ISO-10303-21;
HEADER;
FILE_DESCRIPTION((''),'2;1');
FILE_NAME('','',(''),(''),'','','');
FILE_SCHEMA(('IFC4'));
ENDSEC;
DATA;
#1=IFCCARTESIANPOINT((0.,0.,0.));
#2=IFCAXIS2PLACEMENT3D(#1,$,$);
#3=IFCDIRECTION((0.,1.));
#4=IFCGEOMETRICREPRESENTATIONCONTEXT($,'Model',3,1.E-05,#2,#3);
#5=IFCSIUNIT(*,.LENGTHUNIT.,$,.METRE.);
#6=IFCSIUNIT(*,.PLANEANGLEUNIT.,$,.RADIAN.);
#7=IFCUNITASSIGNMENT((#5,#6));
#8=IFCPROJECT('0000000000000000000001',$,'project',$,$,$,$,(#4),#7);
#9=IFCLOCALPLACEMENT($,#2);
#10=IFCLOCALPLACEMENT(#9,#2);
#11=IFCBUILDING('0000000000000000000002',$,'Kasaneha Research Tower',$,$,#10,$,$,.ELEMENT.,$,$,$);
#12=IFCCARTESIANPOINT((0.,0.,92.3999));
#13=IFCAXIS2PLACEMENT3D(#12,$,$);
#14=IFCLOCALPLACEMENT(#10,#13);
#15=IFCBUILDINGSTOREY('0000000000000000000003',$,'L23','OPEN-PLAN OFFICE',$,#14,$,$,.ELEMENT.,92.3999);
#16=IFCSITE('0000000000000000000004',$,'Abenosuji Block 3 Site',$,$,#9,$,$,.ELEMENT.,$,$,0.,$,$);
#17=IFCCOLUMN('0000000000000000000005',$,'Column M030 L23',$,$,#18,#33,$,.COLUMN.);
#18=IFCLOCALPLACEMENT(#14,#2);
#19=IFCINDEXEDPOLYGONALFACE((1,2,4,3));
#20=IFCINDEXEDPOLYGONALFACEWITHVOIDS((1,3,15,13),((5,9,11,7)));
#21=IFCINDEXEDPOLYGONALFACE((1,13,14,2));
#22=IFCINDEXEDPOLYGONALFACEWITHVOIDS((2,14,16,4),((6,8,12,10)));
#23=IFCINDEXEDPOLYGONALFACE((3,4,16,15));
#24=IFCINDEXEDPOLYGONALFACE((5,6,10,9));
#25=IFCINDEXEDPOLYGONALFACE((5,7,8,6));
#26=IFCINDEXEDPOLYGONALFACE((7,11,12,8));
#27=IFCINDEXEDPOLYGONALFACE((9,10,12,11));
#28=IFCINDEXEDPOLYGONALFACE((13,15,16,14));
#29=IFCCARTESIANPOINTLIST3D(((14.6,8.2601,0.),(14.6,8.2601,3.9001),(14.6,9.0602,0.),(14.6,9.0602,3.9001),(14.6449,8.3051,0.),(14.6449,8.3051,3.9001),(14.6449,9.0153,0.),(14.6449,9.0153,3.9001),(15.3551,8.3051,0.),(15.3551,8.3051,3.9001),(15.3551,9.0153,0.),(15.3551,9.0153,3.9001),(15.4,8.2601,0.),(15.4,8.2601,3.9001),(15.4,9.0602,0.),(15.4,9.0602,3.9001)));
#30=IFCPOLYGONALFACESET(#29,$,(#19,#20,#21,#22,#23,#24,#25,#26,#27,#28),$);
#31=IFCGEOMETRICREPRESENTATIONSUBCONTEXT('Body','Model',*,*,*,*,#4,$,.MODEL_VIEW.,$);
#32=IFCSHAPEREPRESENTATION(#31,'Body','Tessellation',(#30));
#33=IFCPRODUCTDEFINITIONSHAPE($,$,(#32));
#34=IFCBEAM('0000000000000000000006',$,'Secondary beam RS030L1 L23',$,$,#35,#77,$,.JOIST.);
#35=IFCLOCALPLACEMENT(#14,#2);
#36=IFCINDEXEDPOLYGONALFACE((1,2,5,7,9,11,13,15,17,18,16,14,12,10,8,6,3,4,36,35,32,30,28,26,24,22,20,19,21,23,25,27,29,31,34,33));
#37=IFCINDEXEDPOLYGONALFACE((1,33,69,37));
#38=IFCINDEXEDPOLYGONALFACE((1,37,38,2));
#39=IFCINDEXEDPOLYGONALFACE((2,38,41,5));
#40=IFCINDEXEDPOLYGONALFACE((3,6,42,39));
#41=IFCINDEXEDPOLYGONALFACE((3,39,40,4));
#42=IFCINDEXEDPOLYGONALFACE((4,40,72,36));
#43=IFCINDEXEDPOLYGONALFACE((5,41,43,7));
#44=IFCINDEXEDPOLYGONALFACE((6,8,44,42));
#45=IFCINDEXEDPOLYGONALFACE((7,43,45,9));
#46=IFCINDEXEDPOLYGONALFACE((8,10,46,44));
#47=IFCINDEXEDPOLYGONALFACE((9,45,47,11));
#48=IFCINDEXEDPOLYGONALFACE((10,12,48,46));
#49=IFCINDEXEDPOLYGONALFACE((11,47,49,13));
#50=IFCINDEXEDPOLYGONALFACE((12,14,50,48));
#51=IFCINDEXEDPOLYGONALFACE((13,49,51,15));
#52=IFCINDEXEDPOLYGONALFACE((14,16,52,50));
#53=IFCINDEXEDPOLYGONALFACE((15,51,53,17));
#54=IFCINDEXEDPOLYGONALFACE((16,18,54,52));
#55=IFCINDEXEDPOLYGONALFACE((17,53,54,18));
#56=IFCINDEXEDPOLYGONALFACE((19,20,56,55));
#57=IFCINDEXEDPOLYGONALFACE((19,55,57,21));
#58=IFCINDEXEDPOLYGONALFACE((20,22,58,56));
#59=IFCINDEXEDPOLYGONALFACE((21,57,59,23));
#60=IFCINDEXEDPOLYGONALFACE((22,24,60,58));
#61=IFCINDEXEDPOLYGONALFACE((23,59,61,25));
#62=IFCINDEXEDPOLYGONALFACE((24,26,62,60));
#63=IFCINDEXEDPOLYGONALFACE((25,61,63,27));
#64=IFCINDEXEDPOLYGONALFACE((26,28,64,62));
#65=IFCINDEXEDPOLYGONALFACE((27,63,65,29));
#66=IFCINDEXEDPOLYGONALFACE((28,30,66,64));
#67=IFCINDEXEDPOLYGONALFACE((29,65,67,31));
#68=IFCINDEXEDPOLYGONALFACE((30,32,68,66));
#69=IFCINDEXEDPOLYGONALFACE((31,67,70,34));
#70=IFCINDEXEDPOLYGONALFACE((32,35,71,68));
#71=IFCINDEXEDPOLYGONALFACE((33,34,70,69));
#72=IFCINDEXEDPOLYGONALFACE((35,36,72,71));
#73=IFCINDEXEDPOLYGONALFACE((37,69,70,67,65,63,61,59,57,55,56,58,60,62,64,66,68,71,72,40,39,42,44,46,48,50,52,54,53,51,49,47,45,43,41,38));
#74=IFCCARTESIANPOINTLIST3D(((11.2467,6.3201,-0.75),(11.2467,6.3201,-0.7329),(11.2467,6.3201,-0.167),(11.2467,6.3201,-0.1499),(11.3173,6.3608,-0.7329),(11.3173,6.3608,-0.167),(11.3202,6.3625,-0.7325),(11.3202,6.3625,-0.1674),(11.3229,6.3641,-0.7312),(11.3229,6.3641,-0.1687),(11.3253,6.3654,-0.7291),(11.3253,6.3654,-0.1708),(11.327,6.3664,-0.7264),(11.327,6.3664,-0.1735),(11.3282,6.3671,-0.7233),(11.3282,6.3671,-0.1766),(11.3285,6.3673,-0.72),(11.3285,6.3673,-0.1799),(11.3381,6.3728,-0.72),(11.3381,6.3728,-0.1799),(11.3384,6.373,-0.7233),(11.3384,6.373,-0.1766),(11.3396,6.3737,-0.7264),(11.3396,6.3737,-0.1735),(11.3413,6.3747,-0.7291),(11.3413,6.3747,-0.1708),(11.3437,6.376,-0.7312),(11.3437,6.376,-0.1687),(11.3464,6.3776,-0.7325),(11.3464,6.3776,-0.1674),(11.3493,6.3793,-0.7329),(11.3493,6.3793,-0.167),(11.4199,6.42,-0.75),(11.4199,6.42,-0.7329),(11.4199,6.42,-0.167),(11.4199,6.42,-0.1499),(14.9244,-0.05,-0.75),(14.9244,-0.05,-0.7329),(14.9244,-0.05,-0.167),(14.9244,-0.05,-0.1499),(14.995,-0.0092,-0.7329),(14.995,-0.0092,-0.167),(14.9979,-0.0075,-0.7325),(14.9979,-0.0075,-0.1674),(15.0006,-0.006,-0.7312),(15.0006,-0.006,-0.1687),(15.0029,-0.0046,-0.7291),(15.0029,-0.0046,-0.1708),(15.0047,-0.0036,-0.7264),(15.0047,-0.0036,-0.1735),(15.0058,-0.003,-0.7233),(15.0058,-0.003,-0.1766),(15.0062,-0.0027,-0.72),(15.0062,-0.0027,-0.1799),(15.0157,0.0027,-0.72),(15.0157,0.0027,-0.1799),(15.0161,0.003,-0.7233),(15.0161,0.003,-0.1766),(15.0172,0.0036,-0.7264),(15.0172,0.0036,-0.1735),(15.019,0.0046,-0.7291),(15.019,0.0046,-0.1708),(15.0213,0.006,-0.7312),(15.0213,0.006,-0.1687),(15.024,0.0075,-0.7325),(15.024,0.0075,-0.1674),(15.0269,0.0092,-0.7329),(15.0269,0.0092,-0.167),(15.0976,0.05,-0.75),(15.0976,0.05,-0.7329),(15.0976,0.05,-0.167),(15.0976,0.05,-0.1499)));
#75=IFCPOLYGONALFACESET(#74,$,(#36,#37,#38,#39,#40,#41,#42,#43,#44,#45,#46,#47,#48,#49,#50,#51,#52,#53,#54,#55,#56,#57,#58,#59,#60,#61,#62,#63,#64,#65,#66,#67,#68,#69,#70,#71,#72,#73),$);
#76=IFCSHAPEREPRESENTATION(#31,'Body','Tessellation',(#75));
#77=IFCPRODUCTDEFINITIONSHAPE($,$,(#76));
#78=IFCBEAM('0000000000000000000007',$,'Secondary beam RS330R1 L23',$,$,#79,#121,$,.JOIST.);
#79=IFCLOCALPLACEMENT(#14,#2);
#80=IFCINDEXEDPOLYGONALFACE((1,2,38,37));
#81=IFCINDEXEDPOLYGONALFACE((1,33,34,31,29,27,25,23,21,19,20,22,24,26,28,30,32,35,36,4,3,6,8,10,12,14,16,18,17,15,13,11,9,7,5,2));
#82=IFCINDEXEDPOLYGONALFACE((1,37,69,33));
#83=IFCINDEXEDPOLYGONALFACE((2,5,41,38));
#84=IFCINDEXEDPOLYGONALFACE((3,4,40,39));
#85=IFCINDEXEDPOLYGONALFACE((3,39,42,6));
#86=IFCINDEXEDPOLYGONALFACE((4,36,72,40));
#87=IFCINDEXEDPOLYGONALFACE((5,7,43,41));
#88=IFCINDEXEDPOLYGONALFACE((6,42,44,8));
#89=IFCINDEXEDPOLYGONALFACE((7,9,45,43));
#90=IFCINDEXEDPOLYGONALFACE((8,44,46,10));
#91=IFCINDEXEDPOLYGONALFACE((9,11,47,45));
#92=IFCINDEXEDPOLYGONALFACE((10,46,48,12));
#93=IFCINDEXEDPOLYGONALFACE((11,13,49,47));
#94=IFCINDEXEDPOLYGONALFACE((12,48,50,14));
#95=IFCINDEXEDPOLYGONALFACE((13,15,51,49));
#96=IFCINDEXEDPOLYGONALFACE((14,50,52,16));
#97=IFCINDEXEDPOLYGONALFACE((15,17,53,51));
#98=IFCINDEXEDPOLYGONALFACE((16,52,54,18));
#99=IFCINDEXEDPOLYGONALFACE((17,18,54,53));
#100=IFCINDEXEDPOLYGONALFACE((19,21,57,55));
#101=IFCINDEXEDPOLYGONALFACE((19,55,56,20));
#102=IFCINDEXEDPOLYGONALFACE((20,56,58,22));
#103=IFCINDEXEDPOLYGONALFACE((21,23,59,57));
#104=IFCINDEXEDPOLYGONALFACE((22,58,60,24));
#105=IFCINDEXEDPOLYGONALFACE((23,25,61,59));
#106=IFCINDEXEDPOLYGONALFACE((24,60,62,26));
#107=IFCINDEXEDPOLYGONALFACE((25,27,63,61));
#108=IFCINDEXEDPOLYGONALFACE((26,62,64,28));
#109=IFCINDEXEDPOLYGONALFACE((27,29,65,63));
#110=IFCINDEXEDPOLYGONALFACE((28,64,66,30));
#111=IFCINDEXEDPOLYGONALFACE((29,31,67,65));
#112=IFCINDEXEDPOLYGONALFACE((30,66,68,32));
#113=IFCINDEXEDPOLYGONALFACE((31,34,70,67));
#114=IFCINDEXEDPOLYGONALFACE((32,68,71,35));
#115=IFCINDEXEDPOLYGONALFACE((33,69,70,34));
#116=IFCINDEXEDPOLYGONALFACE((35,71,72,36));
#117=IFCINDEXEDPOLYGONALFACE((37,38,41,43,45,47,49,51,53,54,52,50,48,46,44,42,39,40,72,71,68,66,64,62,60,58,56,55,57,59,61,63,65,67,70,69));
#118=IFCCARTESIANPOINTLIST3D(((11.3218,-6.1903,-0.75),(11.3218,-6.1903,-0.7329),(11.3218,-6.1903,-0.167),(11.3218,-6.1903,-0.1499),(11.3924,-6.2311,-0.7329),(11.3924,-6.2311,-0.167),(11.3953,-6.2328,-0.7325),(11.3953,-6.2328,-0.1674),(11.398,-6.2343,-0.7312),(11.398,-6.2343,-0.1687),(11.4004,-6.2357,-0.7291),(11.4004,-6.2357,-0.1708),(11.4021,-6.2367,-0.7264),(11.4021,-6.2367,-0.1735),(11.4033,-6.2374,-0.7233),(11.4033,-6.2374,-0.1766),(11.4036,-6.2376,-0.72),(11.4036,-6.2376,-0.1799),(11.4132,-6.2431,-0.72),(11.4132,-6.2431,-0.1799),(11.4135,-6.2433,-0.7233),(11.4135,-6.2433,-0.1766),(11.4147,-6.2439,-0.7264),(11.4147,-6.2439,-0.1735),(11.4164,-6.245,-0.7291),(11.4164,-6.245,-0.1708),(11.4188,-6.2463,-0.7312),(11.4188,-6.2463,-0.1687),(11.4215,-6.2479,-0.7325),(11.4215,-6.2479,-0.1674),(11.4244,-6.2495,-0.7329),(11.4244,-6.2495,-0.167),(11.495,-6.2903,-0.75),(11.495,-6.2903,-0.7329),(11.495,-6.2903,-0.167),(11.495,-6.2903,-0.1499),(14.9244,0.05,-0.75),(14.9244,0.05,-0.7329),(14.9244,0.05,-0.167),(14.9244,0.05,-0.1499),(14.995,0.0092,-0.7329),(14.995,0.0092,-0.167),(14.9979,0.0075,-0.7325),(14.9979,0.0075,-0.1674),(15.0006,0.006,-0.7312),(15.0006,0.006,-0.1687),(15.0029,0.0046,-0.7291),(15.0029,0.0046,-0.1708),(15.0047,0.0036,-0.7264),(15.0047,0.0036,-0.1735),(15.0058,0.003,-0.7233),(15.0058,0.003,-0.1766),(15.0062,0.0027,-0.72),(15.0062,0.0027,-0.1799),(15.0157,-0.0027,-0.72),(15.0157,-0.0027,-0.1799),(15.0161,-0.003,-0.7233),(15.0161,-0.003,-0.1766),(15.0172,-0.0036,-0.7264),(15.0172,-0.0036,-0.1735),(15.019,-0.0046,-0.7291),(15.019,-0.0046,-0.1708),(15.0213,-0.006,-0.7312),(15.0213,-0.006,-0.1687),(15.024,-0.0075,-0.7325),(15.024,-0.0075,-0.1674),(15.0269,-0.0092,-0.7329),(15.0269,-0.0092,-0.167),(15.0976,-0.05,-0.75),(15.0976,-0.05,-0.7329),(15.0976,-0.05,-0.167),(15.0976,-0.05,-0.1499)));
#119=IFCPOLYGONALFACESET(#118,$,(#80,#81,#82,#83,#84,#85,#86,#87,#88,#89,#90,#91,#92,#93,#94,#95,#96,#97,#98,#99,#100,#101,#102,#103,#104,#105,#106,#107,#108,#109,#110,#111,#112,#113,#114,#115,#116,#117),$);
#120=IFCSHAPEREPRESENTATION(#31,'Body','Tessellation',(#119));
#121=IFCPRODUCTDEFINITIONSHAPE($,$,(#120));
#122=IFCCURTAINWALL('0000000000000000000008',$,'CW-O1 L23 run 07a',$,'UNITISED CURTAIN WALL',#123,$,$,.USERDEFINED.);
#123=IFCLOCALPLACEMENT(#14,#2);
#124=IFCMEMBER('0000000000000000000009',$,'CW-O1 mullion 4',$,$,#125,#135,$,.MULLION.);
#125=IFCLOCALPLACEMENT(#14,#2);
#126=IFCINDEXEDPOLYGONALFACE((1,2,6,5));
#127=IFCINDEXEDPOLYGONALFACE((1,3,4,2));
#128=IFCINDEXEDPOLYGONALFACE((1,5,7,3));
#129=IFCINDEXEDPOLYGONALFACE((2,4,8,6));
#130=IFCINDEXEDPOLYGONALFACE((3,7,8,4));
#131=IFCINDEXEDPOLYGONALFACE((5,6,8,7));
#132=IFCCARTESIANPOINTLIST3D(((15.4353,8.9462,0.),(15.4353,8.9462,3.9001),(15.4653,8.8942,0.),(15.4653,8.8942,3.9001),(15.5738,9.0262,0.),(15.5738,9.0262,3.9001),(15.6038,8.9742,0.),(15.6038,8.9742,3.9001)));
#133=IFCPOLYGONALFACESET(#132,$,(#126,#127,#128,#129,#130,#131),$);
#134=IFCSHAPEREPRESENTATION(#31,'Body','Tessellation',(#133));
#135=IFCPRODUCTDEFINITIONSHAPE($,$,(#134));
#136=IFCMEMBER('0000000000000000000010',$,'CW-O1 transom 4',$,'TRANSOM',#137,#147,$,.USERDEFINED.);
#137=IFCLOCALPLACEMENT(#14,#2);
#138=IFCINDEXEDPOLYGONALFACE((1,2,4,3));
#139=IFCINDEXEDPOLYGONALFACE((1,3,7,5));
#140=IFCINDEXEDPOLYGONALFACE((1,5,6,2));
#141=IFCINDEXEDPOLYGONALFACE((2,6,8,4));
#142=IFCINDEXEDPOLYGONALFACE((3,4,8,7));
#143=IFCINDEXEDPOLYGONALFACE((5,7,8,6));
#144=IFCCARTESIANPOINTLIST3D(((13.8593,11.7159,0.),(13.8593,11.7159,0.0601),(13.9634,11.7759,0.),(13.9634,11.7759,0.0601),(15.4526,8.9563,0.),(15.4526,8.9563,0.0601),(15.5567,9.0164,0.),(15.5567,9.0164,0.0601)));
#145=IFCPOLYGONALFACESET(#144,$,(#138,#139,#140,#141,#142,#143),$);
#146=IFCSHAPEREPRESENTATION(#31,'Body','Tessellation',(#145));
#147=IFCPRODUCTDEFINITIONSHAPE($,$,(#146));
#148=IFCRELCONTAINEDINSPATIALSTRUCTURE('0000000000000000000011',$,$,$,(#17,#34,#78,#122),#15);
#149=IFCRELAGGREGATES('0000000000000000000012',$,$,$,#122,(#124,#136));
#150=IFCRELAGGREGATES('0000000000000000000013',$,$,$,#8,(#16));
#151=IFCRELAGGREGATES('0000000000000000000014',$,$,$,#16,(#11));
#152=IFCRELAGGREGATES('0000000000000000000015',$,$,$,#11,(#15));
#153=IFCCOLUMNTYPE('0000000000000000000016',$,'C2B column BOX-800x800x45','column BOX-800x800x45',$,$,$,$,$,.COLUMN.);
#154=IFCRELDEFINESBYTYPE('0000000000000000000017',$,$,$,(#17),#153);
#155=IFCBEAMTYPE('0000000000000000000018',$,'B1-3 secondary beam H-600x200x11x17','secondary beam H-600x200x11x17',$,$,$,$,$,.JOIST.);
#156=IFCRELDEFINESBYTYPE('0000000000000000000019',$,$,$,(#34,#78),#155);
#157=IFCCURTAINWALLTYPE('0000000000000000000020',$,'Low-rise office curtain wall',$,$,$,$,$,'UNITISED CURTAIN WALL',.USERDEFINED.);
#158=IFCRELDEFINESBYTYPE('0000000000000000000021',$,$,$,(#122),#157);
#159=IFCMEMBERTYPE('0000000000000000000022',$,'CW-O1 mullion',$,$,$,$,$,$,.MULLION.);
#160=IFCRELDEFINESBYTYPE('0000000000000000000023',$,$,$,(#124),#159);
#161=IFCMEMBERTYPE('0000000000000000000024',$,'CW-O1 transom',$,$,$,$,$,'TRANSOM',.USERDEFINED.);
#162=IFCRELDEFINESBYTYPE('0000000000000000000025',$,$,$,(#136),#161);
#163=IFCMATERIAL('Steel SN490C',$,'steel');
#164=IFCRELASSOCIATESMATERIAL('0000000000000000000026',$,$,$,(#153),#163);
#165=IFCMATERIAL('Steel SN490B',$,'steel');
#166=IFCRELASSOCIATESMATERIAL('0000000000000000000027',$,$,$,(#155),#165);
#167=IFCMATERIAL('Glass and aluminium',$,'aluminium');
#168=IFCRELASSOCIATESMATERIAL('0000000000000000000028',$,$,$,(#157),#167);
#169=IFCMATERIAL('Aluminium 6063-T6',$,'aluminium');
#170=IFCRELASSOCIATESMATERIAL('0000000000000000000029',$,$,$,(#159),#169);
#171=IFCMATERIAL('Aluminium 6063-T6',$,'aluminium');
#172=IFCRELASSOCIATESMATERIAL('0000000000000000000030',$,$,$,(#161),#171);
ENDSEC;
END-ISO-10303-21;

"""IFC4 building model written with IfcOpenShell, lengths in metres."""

from ifc_helpers import new_model, si_unit, direction, frame, origin, origin_2d, place, context, subcontext, project, spatial, rectangle, hollow_rectangle, i_section, extrude, material, material_profile, profile_set, type_object, element, aggregate, save


model = new_model("IFC4")

# Units and contexts
model_context = context("Model", 3, precision=1e-05, world=origin(), true_north=direction((0.0, 1.0)))
body_context = subcontext(model_context, "Body", "Model", "MODEL_VIEW")
ifc_project = project(units=[si_unit("LENGTHUNIT", "METRE"), si_unit("PLANEANGLEUNIT", "RADIAN")], contexts=[model_context])

# Site, building, storey
site_placement = place(None, origin())
site = spatial("IfcSite", under=ifc_project, at=site_placement, Name="Abenosuji Block 3 Site", CompositionType="ELEMENT", RefElevation=0.0)
building_placement = place(site_placement, origin())
building = spatial("IfcBuilding", under=site, at=building_placement, Name="Kasaneha Research Tower", CompositionType="ELEMENT")
storey_placement = place(building_placement, frame((0.0, 0.0, 92.3999)))
storey = spatial("IfcBuildingStorey", under=building, at=storey_placement, Name="L23", Description="OPEN-PLAN OFFICE", CompositionType="ELEMENT", Elevation=92.3999)

# Column
ifc_material_1 = material(Name="Steel SN490C", Category="steel")
ifc_material_profile_1 = material_profile(ifc_material_1, hollow_rectangle(XDim=0.8, YDim=0.8, WallThickness=0.0449, at=origin_2d()), Name="BOX-800x800x45")
ifc_profile_set_1 = profile_set([ifc_material_profile_1], Name="Steel SN490C")
column_type = type_object("IfcColumnType", Name="C2B column BOX-800x800x45", Description="column BOX-800x800x45", PredefinedType="COLUMN", material=ifc_profile_set_1)
column_placement = place(storey_placement, frame((15.0, 8.6602, 0.0), z_axis=(0.0, 0.0, 1.0), x_axis=(1.0, 0.0, 0.0)))
element("IfcColumn", 1, at=column_placement, inside=storey, type_object=column_type, Name="Column M030 L23", PredefinedType="COLUMN", context=body_context, shape_type="SweptSolid", body=[
    extrude(hollow_rectangle(XDim=0.8, YDim=0.8, WallThickness=0.0449, at=origin_2d()), origin(), (0.0, 0.0, 1.0), 3.9001),
])

# Beams
ifc_material_2 = material(Name="Steel SN490B", Category="steel")
ifc_material_profile_2 = material_profile(ifc_material_2, i_section(OverallWidth=0.2, OverallDepth=0.6001, WebThickness=0.011, FlangeThickness=0.0171, FilletRadius=0.0129, at=origin_2d()), Name="H-600x200x11x17")
ifc_profile_set_2 = profile_set([ifc_material_profile_2], Name="Steel SN490B")
beam_type_1 = type_object("IfcBeamType", Name="B1-3 secondary beam H-600x200x11x17", Description="secondary beam H-600x200x11x17", PredefinedType="JOIST", material=ifc_profile_set_2)
beam_1_placement = place(storey_placement, frame((15.011, 0.0, -0.45), z_axis=(-0.499994, 0.866029, 0.0), x_axis=(-0.866029, -0.499994, 0.0)))
element("IfcBeam", 2, at=beam_1_placement, inside=storey, type_object=beam_type_1, Name="Secondary beam RS030L1 L23", PredefinedType="JOIST", context=body_context, shape_type="SweptSolid", body=[
    extrude(i_section(OverallWidth=0.2, OverallDepth=0.6001, WebThickness=0.011, FlangeThickness=0.0171, FilletRadius=0.0129, at=origin_2d()), origin(), (0.0, 0.0, 1.0), 7.3555),
])
beam_2_placement = place(storey_placement, frame((15.011, 0.0, -0.45), z_axis=(-0.499973, -0.866041, 0.0), x_axis=(0.866041, -0.499973, 0.0)))
element("IfcBeam", 3, at=beam_2_placement, inside=storey, type_object=beam_type_1, Name="Secondary beam RS330R1 L23", PredefinedType="JOIST", context=body_context, shape_type="SweptSolid", body=[
    extrude(i_section(OverallWidth=0.2, OverallDepth=0.6001, WebThickness=0.011, FlangeThickness=0.0171, FilletRadius=0.0129, at=origin_2d()), origin(), (0.0, 0.0, 1.0), 7.2056),
])

# Curtain wall, members
ifc_material_3 = material(Name="Glass and aluminium", Category="aluminium")
curtain_wall_type = type_object("IfcCurtainWallType", Name="Low-rise office curtain wall", ElementType="UNITISED CURTAIN WALL", PredefinedType="USERDEFINED", material=ifc_material_3)
curtain_wall_placement = place(storey_placement, origin())
curtain_wall = element("IfcCurtainWall", 4, at=curtain_wall_placement, inside=storey, type_object=curtain_wall_type, Name="CW-O1 L23 run 07a", ObjectType="UNITISED CURTAIN WALL", PredefinedType="USERDEFINED")
ifc_material_4 = material(Name="Aluminium 6063-T6", Category="aluminium")
ifc_material_profile_3 = material_profile(ifc_material_4, rectangle(XDim=0.0601, YDim=0.1599, at=origin_2d()), Name="CW-O1 mullion 60x160")
ifc_profile_set_3 = profile_set([ifc_material_profile_3], Name="Aluminium 6063-T6")
member_type_1 = type_object("IfcMemberType", Name="CW-O1 mullion", PredefinedType="MULLION", material=ifc_profile_set_3)
member_1_placement = place(storey_placement, frame((15.5195, 8.9602, 0.0), z_axis=(0.0, 0.0, 1.0), x_axis=(-0.5, 0.866025, 0.0)))
member_1 = element("IfcMember", 5, at=member_1_placement, type_object=member_type_1, Name="CW-O1 mullion 4", PredefinedType="MULLION", context=body_context, shape_type="SweptSolid", body=[
    extrude(rectangle(XDim=0.0601, YDim=0.1599, at=origin_2d()), origin(), (0.0, 0.0, 1.0), 3.9001),
])
ifc_material_5 = material(Name="Aluminium 6063-T6", Category="aluminium")
ifc_material_profile_4 = material_profile(ifc_material_5, rectangle(XDim=0.1201, YDim=0.0601, at=origin_2d()), Name="CW-O1 transom 120x60")
ifc_profile_set_4 = profile_set([ifc_material_profile_4], Name="Aluminium 6063-T6")
member_type_2 = type_object("IfcMemberType", Name="CW-O1 transom", ElementType="TRANSOM", PredefinedType="USERDEFINED", material=ifc_profile_set_4)
member_2_placement = place(storey_placement, frame((15.5046, 8.9863, 0.03), z_axis=(-0.500012, 0.866018, 0.0), x_axis=(-0.866018, -0.500012, 0.0)))
member_2 = element("IfcMember", 6, at=member_2_placement, type_object=member_type_2, Name="CW-O1 transom 4", ObjectType="TRANSOM", PredefinedType="USERDEFINED", context=body_context, shape_type="SweptSolid", body=[
    extrude(rectangle(XDim=0.1201, YDim=0.0601, at=origin_2d()), origin(), (0.0, 0.0, 1.0), 3.1865),
])

aggregate(curtain_wall, [member_1, member_2])

save(model, "model.ifc")
